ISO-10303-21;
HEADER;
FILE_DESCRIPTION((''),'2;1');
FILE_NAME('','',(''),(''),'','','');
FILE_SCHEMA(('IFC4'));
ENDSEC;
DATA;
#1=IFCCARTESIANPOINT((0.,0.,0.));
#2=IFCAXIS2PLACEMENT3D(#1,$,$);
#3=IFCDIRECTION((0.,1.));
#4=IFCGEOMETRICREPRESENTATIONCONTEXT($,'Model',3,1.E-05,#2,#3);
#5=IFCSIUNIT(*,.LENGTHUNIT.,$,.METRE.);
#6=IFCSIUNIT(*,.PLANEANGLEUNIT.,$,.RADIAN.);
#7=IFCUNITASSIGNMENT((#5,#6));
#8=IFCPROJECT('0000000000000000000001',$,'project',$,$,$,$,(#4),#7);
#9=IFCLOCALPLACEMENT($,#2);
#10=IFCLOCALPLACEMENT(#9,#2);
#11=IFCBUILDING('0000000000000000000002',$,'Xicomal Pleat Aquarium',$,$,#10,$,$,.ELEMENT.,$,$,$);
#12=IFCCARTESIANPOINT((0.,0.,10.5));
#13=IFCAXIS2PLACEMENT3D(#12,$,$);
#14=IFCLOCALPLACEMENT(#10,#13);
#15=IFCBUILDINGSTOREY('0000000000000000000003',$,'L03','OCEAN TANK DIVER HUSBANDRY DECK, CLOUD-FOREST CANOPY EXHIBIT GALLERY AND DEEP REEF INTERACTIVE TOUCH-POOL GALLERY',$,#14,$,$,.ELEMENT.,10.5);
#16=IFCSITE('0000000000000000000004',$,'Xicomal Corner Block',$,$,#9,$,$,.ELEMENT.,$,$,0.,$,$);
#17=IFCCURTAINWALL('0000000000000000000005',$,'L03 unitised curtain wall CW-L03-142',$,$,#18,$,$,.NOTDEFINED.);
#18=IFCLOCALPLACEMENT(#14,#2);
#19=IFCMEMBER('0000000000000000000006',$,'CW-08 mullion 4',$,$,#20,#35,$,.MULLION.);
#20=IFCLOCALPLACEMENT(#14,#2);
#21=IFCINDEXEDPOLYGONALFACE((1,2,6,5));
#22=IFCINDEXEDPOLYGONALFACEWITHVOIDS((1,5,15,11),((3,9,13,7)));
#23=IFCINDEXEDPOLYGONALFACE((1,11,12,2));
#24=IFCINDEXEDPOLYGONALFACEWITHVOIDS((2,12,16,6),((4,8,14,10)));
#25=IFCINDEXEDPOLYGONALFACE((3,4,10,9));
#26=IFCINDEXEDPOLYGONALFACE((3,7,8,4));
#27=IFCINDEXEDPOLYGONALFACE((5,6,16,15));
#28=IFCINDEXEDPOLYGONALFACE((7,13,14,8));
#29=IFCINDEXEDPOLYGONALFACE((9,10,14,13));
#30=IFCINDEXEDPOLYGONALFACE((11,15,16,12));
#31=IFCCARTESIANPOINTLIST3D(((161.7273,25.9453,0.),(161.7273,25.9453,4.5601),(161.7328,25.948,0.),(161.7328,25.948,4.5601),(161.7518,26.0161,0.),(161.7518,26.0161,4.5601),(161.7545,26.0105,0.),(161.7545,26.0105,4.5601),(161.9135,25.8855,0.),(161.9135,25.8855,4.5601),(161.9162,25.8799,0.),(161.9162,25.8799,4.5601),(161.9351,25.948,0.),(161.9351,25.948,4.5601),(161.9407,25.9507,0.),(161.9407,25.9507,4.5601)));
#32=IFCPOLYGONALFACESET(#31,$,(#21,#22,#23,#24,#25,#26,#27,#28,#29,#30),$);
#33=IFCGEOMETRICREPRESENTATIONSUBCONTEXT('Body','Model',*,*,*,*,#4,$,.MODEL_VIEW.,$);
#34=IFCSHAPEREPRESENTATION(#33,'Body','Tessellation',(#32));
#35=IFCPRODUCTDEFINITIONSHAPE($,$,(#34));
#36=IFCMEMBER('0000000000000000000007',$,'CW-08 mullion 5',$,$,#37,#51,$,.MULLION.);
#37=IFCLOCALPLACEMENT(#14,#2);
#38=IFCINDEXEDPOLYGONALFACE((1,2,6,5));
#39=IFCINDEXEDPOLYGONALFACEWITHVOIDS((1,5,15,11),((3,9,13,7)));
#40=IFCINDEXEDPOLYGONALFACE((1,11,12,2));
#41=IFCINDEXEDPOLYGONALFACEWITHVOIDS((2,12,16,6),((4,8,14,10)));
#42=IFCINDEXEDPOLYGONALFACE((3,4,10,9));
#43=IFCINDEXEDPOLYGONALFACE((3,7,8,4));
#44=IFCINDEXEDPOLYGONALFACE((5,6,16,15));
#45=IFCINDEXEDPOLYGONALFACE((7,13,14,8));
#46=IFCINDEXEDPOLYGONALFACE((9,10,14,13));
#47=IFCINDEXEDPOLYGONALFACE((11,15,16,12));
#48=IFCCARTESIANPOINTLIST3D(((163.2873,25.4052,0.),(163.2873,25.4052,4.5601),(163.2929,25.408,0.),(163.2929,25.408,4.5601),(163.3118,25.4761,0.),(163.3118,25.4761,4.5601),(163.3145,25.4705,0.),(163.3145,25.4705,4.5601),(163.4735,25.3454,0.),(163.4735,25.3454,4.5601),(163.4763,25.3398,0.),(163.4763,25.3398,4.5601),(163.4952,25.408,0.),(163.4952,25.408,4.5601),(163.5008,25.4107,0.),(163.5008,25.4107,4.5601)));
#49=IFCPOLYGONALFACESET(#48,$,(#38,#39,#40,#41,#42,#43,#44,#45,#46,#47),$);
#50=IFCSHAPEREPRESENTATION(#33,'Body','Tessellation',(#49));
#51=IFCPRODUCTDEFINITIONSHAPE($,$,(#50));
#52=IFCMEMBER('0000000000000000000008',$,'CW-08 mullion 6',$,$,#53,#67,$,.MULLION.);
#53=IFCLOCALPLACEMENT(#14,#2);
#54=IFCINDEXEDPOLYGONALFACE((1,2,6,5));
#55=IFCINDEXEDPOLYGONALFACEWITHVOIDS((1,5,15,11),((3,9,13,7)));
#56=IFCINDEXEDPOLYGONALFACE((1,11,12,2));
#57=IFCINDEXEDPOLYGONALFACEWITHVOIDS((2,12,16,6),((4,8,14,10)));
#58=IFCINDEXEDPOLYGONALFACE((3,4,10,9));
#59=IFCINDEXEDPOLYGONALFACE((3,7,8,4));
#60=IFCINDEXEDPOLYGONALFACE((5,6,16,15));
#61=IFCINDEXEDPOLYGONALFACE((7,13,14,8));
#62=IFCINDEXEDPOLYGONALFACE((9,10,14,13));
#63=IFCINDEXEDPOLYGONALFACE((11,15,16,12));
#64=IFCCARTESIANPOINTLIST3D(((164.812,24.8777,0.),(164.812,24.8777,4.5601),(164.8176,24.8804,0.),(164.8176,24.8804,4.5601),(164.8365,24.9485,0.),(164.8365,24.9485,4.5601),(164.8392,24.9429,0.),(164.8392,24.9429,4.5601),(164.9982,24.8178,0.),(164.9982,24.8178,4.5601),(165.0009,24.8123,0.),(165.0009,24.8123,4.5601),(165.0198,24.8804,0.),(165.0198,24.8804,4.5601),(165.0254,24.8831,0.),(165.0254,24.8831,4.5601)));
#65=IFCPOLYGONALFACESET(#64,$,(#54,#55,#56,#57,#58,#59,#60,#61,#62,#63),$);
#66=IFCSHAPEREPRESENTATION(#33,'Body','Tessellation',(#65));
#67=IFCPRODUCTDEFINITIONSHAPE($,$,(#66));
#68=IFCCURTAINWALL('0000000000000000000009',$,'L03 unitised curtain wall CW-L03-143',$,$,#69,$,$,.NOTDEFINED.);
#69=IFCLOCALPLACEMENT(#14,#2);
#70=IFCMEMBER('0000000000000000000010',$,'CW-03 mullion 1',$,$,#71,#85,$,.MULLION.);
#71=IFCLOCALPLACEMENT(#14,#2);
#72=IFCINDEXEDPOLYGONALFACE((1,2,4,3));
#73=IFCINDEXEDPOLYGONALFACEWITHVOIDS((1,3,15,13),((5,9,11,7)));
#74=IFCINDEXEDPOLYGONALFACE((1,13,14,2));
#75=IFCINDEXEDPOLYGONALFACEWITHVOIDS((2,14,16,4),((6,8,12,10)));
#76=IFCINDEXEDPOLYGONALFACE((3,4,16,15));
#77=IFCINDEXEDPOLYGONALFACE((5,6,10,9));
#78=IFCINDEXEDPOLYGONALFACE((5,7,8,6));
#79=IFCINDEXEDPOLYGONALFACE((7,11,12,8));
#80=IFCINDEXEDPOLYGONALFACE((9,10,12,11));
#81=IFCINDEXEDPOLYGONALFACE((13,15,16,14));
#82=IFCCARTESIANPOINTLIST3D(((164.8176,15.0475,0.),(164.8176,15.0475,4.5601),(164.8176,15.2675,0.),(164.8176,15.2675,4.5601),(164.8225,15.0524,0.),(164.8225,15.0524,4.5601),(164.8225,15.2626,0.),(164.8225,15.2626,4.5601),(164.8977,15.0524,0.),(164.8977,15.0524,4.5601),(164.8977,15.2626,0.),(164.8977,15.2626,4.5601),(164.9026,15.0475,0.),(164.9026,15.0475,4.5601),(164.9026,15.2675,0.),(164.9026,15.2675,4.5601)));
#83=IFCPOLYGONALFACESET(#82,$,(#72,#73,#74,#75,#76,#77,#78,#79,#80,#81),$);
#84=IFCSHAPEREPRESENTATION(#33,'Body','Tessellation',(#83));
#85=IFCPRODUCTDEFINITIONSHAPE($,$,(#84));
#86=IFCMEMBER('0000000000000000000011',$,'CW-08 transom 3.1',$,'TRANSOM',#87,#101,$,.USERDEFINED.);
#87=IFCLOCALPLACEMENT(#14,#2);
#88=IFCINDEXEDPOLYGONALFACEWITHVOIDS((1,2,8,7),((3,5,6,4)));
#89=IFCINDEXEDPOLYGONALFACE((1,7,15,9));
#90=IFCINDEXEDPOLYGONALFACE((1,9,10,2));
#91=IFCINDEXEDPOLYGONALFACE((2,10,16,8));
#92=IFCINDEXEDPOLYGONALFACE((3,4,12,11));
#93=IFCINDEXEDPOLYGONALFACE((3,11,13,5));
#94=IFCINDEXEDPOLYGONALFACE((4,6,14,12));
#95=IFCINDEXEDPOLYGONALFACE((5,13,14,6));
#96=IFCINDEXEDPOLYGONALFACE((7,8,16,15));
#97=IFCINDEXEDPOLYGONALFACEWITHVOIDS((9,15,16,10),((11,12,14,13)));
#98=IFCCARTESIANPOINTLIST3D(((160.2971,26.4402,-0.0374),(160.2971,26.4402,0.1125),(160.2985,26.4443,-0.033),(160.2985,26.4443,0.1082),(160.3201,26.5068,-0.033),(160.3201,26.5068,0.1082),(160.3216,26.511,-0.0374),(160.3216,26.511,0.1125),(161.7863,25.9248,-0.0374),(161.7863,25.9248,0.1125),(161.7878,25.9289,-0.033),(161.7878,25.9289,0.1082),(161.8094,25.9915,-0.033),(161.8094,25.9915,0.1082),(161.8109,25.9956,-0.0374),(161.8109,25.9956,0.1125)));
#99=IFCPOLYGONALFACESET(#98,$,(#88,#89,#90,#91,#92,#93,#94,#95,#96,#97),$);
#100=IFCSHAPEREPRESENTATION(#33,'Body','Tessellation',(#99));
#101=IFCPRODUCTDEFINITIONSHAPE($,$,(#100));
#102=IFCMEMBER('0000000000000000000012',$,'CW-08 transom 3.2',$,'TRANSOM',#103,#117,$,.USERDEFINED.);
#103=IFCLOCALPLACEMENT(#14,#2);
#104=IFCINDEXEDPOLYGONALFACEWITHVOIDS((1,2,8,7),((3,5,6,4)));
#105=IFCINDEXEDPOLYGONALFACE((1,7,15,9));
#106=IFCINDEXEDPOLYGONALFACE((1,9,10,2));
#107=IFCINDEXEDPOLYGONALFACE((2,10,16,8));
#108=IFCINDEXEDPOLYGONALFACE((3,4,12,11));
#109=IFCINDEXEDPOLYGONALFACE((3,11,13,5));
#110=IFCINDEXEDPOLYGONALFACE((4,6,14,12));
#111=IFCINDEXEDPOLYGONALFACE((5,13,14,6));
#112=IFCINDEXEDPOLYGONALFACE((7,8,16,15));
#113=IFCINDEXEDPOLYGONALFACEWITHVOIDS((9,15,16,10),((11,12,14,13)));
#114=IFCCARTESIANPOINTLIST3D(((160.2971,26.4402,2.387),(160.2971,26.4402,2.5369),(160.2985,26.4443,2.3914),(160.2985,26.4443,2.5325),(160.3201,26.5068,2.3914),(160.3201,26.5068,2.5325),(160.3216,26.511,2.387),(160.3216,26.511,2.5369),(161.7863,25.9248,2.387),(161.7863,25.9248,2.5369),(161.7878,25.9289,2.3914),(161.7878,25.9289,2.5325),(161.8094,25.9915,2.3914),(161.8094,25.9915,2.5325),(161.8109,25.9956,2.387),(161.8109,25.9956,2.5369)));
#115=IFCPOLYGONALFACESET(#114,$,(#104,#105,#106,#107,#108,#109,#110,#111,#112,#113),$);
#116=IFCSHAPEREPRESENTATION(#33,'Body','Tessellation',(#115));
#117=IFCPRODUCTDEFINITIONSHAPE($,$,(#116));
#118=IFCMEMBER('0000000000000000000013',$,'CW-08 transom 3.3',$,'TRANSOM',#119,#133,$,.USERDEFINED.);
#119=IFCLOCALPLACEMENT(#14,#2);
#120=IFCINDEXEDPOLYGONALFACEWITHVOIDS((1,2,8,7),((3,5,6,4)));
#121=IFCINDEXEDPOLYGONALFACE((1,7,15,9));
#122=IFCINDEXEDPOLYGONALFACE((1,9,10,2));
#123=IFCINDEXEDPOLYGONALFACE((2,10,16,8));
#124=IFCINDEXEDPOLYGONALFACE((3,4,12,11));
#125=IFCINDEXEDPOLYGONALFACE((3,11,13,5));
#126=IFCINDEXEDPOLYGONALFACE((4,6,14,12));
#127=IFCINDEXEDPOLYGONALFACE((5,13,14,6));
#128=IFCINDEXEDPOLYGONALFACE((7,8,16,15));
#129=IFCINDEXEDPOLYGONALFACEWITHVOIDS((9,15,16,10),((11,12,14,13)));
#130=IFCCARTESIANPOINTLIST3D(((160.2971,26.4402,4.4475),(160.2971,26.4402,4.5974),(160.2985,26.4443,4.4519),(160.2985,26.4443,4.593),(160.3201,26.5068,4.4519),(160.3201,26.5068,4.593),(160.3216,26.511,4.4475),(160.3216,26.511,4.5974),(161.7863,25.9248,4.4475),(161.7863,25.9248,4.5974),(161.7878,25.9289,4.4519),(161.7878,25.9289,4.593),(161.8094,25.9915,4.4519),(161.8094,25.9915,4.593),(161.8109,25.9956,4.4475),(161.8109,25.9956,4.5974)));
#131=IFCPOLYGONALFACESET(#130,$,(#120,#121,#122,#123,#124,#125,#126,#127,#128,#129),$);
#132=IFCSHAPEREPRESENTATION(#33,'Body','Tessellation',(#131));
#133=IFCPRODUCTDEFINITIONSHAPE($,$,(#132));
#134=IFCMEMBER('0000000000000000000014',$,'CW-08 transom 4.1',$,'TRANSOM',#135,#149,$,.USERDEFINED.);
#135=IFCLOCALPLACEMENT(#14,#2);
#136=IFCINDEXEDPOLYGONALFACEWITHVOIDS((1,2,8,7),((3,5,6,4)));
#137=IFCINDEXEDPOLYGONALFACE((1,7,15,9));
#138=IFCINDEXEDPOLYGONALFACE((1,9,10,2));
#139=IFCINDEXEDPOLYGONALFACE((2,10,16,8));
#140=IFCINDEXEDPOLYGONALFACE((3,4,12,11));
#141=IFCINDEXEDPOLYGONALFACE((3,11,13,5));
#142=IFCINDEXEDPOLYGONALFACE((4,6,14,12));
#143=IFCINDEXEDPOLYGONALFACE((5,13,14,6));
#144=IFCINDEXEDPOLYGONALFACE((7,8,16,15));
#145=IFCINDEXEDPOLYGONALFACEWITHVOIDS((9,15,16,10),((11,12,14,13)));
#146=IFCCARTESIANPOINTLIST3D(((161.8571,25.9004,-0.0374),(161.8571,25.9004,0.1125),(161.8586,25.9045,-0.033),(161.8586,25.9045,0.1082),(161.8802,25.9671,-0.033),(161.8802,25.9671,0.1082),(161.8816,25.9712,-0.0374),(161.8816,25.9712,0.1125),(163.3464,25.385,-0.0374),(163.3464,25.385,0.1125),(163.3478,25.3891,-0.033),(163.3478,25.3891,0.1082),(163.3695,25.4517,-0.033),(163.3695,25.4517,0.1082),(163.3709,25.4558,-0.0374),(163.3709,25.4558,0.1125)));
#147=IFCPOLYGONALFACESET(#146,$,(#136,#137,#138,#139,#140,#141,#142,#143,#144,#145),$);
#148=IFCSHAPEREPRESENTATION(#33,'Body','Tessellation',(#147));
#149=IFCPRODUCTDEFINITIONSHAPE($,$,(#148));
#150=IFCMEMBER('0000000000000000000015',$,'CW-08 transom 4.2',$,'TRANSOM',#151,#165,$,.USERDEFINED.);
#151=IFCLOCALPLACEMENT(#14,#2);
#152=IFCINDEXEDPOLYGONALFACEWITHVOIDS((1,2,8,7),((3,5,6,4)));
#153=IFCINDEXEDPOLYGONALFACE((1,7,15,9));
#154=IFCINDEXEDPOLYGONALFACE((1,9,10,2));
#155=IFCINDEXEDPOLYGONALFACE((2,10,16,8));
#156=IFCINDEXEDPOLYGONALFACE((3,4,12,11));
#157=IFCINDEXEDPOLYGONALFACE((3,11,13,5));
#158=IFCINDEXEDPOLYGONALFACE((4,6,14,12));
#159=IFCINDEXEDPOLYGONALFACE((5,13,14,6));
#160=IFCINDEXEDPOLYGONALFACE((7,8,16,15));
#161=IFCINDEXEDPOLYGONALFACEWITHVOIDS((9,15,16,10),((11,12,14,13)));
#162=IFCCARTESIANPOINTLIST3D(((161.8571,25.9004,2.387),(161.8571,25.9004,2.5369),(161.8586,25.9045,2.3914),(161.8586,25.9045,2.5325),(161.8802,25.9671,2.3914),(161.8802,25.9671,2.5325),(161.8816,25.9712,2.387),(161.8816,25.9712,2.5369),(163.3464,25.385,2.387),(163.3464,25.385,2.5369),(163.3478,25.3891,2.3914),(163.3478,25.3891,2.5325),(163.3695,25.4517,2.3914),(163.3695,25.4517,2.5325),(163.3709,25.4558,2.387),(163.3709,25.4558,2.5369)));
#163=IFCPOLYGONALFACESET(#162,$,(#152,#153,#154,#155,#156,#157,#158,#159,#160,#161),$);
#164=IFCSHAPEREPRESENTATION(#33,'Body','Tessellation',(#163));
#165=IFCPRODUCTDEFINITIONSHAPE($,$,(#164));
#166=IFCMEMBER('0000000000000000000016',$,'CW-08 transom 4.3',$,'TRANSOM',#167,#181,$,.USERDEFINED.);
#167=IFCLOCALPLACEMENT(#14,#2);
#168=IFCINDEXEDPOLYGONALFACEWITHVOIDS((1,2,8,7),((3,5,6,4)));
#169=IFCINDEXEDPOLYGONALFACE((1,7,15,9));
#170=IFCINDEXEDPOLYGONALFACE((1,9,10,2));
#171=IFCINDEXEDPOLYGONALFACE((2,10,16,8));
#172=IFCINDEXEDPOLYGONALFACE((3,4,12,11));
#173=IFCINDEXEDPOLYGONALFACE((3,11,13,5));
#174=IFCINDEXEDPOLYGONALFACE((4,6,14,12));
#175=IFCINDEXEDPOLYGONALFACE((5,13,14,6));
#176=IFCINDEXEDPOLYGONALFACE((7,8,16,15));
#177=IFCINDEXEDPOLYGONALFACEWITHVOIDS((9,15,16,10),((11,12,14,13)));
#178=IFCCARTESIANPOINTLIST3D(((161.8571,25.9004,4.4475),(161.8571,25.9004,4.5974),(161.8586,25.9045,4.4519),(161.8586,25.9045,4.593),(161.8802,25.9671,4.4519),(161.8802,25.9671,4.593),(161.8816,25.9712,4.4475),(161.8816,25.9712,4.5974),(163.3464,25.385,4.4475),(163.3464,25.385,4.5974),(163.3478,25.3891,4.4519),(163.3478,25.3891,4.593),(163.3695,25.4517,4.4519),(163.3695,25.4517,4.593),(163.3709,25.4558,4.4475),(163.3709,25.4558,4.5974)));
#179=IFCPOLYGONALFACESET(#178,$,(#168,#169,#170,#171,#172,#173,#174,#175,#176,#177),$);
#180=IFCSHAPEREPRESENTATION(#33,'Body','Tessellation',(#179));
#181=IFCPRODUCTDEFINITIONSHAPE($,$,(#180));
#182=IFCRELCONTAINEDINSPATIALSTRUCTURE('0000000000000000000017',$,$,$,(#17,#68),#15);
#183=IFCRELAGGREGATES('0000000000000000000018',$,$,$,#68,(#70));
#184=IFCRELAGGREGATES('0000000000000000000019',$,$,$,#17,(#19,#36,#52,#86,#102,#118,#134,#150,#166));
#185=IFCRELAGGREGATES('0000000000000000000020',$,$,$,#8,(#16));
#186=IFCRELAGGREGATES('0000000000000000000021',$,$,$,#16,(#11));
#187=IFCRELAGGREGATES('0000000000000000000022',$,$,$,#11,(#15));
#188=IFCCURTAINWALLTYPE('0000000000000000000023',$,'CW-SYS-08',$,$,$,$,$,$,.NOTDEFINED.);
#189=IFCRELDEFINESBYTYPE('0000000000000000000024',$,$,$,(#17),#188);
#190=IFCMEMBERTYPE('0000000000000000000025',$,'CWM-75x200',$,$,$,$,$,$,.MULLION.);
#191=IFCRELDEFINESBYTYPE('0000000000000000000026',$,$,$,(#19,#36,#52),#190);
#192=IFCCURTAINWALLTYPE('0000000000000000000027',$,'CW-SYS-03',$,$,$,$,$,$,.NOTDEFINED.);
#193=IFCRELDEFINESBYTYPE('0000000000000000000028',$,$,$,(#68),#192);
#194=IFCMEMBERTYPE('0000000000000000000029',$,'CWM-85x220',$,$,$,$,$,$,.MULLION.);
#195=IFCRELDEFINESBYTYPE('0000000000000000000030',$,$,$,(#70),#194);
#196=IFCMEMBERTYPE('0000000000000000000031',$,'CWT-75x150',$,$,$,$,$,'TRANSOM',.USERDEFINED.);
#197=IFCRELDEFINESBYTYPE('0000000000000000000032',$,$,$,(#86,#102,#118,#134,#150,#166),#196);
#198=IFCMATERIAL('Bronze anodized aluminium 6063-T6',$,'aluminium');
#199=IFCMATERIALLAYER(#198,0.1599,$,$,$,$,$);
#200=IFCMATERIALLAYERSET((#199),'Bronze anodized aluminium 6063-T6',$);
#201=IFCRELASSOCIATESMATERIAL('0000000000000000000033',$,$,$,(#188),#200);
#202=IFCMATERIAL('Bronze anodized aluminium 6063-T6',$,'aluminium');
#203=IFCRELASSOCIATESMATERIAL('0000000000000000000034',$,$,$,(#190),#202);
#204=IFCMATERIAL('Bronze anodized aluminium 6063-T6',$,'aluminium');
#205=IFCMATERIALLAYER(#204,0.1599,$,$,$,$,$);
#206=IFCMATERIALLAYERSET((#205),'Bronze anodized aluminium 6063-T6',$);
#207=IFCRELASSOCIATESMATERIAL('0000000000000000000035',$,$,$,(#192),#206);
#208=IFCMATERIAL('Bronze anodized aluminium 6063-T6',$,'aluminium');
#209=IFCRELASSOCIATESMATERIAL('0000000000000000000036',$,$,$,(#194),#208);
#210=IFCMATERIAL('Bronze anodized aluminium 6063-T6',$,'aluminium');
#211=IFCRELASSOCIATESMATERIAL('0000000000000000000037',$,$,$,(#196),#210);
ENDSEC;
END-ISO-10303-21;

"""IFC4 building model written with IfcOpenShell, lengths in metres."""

from ifc_helpers import new_model, si_unit, direction, frame, origin, origin_2d, place, context, subcontext, project, spatial, hollow_rectangle, extrude, material, layer, layer_set, material_profile, profile_set, type_object, element, aggregate, save


model = new_model("IFC4")

# Units and contexts
model_context = context("Model", 3, precision=1e-05, world=origin(), true_north=direction((0.0, 1.0)))
body_context = subcontext(model_context, "Body", "Model", "MODEL_VIEW")
ifc_project = project(units=[si_unit("LENGTHUNIT", "METRE"), si_unit("PLANEANGLEUNIT", "RADIAN")], contexts=[model_context])

# Site, building, storey
site_placement = place(None, origin())
site = spatial("IfcSite", under=ifc_project, at=site_placement, Name="Xicomal Corner Block", CompositionType="ELEMENT", RefElevation=0.0)
building_placement = place(site_placement, origin())
building = spatial("IfcBuilding", under=site, at=building_placement, Name="Xicomal Pleat Aquarium", CompositionType="ELEMENT")
storey_placement = place(building_placement, frame((0.0, 0.0, 10.5)))
storey = spatial("IfcBuildingStorey", under=building, at=storey_placement, Name="L03", Description="OCEAN TANK DIVER HUSBANDRY DECK, CLOUD-FOREST CANOPY EXHIBIT GALLERY AND DEEP REEF INTERACTIVE TOUCH-POOL GALLERY", CompositionType="ELEMENT", Elevation=10.5)

# Curtain wall, members
ifc_material_1 = material(Name="Bronze anodized aluminium 6063-T6", Category="aluminium")
ifc_layer_1 = layer(ifc_material_1, 0.1599)
ifc_layer_set_1 = layer_set([ifc_layer_1], Name="Bronze anodized aluminium 6063-T6")
curtain_wall_type_1 = type_object("IfcCurtainWallType", Name="CW-SYS-08", PredefinedType="NOTDEFINED", material=ifc_layer_set_1)
curtain_wall_1_placement = place(storey_placement, origin())
curtain_wall_1 = element("IfcCurtainWall", 1, at=curtain_wall_1_placement, inside=storey, type_object=curtain_wall_type_1, Name="L03 unitised curtain wall CW-L03-142", PredefinedType="NOTDEFINED")
ifc_material_2 = material(Name="Bronze anodized aluminium 6063-T6", Category="aluminium")
ifc_material_profile_1 = material_profile(ifc_material_2, hollow_rectangle(XDim=0.075, YDim=0.2, WallThickness=0.0044, at=origin_2d()), Name="ALU MULL 75x200")
ifc_profile_set_1 = profile_set([ifc_material_profile_1], Name="Bronze anodized aluminium 6063-T6")
member_type_1 = type_object("IfcMemberType", Name="CWM-75x200", PredefinedType="MULLION", material=ifc_profile_set_1)
member_1_placement = place(storey_placement, frame((161.834, 25.948, 0.0), z_axis=(0.0, 0.0, 1.0), x_axis=(0.327111, 0.944986, 0.0)))
member_1 = element("IfcMember", 2, at=member_1_placement, type_object=member_type_1, Name="CW-08 mullion 4", PredefinedType="MULLION", context=body_context, shape_type="SweptSolid", body=[
    extrude(hollow_rectangle(XDim=0.075, YDim=0.2, WallThickness=0.0044, at=origin_2d()), origin(), (0.0, 0.0, 1.0), 4.5601),
])
member_2_placement = place(storey_placement, frame((163.394, 25.408, 0.0), z_axis=(0.0, 0.0, 1.0), x_axis=(0.327111, 0.944986, 0.0)))
member_2 = element("IfcMember", 3, at=member_2_placement, type_object=member_type_1, Name="CW-08 mullion 5", PredefinedType="MULLION", context=body_context, shape_type="SweptSolid", body=[
    extrude(hollow_rectangle(XDim=0.075, YDim=0.2, WallThickness=0.0044, at=origin_2d()), origin(), (0.0, 0.0, 1.0), 4.5601),
])
member_3_placement = place(storey_placement, frame((164.9187, 24.8804, 0.0), z_axis=(0.0, 0.0, 1.0), x_axis=(0.327111, 0.944986, 0.0)))
member_3 = element("IfcMember", 4, at=member_3_placement, type_object=member_type_1, Name="CW-08 mullion 6", PredefinedType="MULLION", context=body_context, shape_type="SweptSolid", body=[
    extrude(hollow_rectangle(XDim=0.075, YDim=0.2, WallThickness=0.0044, at=origin_2d()), origin(), (0.0, 0.0, 1.0), 4.5601),
])

# Curtain wall, member
ifc_material_3 = material(Name="Bronze anodized aluminium 6063-T6", Category="aluminium")
ifc_layer_2 = layer(ifc_material_3, 0.1599)
ifc_layer_set_2 = layer_set([ifc_layer_2], Name="Bronze anodized aluminium 6063-T6")
curtain_wall_type_2 = type_object("IfcCurtainWallType", Name="CW-SYS-03", PredefinedType="NOTDEFINED", material=ifc_layer_set_2)
curtain_wall_2_placement = place(storey_placement, origin())
curtain_wall_2 = element("IfcCurtainWall", 5, at=curtain_wall_2_placement, inside=storey, type_object=curtain_wall_type_2, Name="L03 unitised curtain wall CW-L03-143", PredefinedType="NOTDEFINED")
ifc_material_4 = material(Name="Bronze anodized aluminium 6063-T6", Category="aluminium")
ifc_material_profile_2 = material_profile(ifc_material_4, hollow_rectangle(XDim=0.085, YDim=0.22, WallThickness=0.0049, at=origin_2d()), Name="ALU MULL 85x220")
ifc_profile_set_2 = profile_set([ifc_material_profile_2], Name="Bronze anodized aluminium 6063-T6")
member_type_2 = type_object("IfcMemberType", Name="CWM-85x220", PredefinedType="MULLION", material=ifc_profile_set_2)
member_4_placement = place(storey_placement, frame((164.8601, 15.1575, 0.0), z_axis=(0.0, 0.0, 1.0), x_axis=(1.0, 0.0, 0.0)))
member_4 = element("IfcMember", 6, at=member_4_placement, type_object=member_type_2, Name="CW-03 mullion 1", PredefinedType="MULLION", context=body_context, shape_type="SweptSolid", body=[
    extrude(hollow_rectangle(XDim=0.085, YDim=0.22, WallThickness=0.0049, at=origin_2d()), origin(), (0.0, 0.0, 1.0), 4.5601),
])

# Members
ifc_material_5 = material(Name="Bronze anodized aluminium 6063-T6", Category="aluminium")
ifc_material_profile_3 = material_profile(ifc_material_5, hollow_rectangle(XDim=0.075, YDim=0.1499, WallThickness=0.0044, at=origin_2d()), Name="ALU TRAN 75x150")
ifc_profile_set_3 = profile_set([ifc_material_profile_3], Name="Bronze anodized aluminium 6063-T6")
member_type_3 = type_object("IfcMemberType", Name="CWT-75x150", ElementType="TRANSOM", PredefinedType="USERDEFINED", material=ifc_profile_set_3)
member_5_placement = place(storey_placement, frame((160.3093, 26.4756, 0.0376), z_axis=(0.945012, -0.327036, 0.0), x_axis=(0.327036, 0.945012, 0.0)))
member_5 = element("IfcMember", 7, at=member_5_placement, type_object=member_type_3, Name="CW-08 transom 3.1", ObjectType="TRANSOM", PredefinedType="USERDEFINED", context=body_context, shape_type="SweptSolid", body=[
    extrude(hollow_rectangle(XDim=0.075, YDim=0.1499, WallThickness=0.0044, at=origin_2d()), origin(), (0.0, 0.0, 1.0), 1.5759),
])
member_6_placement = place(storey_placement, frame((160.3093, 26.4756, 2.4619), z_axis=(0.945012, -0.327036, 0.0), x_axis=(0.327036, 0.945012, 0.0)))
member_6 = element("IfcMember", 8, at=member_6_placement, type_object=member_type_3, Name="CW-08 transom 3.2", ObjectType="TRANSOM", PredefinedType="USERDEFINED", context=body_context, shape_type="SweptSolid", body=[
    extrude(hollow_rectangle(XDim=0.075, YDim=0.1499, WallThickness=0.0044, at=origin_2d()), origin(), (0.0, 0.0, 1.0), 1.5759),
])
member_7_placement = place(storey_placement, frame((160.3093, 26.4756, 4.5225), z_axis=(0.945012, -0.327036, 0.0), x_axis=(0.327036, 0.945012, 0.0)))
member_7 = element("IfcMember", 9, at=member_7_placement, type_object=member_type_3, Name="CW-08 transom 3.3", ObjectType="TRANSOM", PredefinedType="USERDEFINED", context=body_context, shape_type="SweptSolid", body=[
    extrude(hollow_rectangle(XDim=0.075, YDim=0.1499, WallThickness=0.0044, at=origin_2d()), origin(), (0.0, 0.0, 1.0), 1.5759),
])
member_8_placement = place(storey_placement, frame((161.8694, 25.9358, 0.0376), z_axis=(0.945012, -0.327036, 0.0), x_axis=(0.327036, 0.945012, 0.0)))
member_8 = element("IfcMember", 10, at=member_8_placement, type_object=member_type_3, Name="CW-08 transom 4.1", ObjectType="TRANSOM", PredefinedType="USERDEFINED", context=body_context, shape_type="SweptSolid", body=[
    extrude(hollow_rectangle(XDim=0.075, YDim=0.1499, WallThickness=0.0044, at=origin_2d()), origin(), (0.0, 0.0, 1.0), 1.5759),
])
member_9_placement = place(storey_placement, frame((161.8694, 25.9358, 2.4619), z_axis=(0.945012, -0.327036, 0.0), x_axis=(0.327036, 0.945012, 0.0)))
member_9 = element("IfcMember", 11, at=member_9_placement, type_object=member_type_3, Name="CW-08 transom 4.2", ObjectType="TRANSOM", PredefinedType="USERDEFINED", context=body_context, shape_type="SweptSolid", body=[
    extrude(hollow_rectangle(XDim=0.075, YDim=0.1499, WallThickness=0.0044, at=origin_2d()), origin(), (0.0, 0.0, 1.0), 1.5759),
])
member_10_placement = place(storey_placement, frame((161.8694, 25.9358, 4.5225), z_axis=(0.945012, -0.327036, 0.0), x_axis=(0.327036, 0.945012, 0.0)))
member_10 = element("IfcMember", 12, at=member_10_placement, type_object=member_type_3, Name="CW-08 transom 4.3", ObjectType="TRANSOM", PredefinedType="USERDEFINED", context=body_context, shape_type="SweptSolid", body=[
    extrude(hollow_rectangle(XDim=0.075, YDim=0.1499, WallThickness=0.0044, at=origin_2d()), origin(), (0.0, 0.0, 1.0), 1.5759),
])
aggregate(curtain_wall_2, [member_4])

aggregate(curtain_wall_1, [member_1, member_2, member_3, member_5, member_6, member_7, member_8, member_9, member_10])

save(model, "model.ifc")
